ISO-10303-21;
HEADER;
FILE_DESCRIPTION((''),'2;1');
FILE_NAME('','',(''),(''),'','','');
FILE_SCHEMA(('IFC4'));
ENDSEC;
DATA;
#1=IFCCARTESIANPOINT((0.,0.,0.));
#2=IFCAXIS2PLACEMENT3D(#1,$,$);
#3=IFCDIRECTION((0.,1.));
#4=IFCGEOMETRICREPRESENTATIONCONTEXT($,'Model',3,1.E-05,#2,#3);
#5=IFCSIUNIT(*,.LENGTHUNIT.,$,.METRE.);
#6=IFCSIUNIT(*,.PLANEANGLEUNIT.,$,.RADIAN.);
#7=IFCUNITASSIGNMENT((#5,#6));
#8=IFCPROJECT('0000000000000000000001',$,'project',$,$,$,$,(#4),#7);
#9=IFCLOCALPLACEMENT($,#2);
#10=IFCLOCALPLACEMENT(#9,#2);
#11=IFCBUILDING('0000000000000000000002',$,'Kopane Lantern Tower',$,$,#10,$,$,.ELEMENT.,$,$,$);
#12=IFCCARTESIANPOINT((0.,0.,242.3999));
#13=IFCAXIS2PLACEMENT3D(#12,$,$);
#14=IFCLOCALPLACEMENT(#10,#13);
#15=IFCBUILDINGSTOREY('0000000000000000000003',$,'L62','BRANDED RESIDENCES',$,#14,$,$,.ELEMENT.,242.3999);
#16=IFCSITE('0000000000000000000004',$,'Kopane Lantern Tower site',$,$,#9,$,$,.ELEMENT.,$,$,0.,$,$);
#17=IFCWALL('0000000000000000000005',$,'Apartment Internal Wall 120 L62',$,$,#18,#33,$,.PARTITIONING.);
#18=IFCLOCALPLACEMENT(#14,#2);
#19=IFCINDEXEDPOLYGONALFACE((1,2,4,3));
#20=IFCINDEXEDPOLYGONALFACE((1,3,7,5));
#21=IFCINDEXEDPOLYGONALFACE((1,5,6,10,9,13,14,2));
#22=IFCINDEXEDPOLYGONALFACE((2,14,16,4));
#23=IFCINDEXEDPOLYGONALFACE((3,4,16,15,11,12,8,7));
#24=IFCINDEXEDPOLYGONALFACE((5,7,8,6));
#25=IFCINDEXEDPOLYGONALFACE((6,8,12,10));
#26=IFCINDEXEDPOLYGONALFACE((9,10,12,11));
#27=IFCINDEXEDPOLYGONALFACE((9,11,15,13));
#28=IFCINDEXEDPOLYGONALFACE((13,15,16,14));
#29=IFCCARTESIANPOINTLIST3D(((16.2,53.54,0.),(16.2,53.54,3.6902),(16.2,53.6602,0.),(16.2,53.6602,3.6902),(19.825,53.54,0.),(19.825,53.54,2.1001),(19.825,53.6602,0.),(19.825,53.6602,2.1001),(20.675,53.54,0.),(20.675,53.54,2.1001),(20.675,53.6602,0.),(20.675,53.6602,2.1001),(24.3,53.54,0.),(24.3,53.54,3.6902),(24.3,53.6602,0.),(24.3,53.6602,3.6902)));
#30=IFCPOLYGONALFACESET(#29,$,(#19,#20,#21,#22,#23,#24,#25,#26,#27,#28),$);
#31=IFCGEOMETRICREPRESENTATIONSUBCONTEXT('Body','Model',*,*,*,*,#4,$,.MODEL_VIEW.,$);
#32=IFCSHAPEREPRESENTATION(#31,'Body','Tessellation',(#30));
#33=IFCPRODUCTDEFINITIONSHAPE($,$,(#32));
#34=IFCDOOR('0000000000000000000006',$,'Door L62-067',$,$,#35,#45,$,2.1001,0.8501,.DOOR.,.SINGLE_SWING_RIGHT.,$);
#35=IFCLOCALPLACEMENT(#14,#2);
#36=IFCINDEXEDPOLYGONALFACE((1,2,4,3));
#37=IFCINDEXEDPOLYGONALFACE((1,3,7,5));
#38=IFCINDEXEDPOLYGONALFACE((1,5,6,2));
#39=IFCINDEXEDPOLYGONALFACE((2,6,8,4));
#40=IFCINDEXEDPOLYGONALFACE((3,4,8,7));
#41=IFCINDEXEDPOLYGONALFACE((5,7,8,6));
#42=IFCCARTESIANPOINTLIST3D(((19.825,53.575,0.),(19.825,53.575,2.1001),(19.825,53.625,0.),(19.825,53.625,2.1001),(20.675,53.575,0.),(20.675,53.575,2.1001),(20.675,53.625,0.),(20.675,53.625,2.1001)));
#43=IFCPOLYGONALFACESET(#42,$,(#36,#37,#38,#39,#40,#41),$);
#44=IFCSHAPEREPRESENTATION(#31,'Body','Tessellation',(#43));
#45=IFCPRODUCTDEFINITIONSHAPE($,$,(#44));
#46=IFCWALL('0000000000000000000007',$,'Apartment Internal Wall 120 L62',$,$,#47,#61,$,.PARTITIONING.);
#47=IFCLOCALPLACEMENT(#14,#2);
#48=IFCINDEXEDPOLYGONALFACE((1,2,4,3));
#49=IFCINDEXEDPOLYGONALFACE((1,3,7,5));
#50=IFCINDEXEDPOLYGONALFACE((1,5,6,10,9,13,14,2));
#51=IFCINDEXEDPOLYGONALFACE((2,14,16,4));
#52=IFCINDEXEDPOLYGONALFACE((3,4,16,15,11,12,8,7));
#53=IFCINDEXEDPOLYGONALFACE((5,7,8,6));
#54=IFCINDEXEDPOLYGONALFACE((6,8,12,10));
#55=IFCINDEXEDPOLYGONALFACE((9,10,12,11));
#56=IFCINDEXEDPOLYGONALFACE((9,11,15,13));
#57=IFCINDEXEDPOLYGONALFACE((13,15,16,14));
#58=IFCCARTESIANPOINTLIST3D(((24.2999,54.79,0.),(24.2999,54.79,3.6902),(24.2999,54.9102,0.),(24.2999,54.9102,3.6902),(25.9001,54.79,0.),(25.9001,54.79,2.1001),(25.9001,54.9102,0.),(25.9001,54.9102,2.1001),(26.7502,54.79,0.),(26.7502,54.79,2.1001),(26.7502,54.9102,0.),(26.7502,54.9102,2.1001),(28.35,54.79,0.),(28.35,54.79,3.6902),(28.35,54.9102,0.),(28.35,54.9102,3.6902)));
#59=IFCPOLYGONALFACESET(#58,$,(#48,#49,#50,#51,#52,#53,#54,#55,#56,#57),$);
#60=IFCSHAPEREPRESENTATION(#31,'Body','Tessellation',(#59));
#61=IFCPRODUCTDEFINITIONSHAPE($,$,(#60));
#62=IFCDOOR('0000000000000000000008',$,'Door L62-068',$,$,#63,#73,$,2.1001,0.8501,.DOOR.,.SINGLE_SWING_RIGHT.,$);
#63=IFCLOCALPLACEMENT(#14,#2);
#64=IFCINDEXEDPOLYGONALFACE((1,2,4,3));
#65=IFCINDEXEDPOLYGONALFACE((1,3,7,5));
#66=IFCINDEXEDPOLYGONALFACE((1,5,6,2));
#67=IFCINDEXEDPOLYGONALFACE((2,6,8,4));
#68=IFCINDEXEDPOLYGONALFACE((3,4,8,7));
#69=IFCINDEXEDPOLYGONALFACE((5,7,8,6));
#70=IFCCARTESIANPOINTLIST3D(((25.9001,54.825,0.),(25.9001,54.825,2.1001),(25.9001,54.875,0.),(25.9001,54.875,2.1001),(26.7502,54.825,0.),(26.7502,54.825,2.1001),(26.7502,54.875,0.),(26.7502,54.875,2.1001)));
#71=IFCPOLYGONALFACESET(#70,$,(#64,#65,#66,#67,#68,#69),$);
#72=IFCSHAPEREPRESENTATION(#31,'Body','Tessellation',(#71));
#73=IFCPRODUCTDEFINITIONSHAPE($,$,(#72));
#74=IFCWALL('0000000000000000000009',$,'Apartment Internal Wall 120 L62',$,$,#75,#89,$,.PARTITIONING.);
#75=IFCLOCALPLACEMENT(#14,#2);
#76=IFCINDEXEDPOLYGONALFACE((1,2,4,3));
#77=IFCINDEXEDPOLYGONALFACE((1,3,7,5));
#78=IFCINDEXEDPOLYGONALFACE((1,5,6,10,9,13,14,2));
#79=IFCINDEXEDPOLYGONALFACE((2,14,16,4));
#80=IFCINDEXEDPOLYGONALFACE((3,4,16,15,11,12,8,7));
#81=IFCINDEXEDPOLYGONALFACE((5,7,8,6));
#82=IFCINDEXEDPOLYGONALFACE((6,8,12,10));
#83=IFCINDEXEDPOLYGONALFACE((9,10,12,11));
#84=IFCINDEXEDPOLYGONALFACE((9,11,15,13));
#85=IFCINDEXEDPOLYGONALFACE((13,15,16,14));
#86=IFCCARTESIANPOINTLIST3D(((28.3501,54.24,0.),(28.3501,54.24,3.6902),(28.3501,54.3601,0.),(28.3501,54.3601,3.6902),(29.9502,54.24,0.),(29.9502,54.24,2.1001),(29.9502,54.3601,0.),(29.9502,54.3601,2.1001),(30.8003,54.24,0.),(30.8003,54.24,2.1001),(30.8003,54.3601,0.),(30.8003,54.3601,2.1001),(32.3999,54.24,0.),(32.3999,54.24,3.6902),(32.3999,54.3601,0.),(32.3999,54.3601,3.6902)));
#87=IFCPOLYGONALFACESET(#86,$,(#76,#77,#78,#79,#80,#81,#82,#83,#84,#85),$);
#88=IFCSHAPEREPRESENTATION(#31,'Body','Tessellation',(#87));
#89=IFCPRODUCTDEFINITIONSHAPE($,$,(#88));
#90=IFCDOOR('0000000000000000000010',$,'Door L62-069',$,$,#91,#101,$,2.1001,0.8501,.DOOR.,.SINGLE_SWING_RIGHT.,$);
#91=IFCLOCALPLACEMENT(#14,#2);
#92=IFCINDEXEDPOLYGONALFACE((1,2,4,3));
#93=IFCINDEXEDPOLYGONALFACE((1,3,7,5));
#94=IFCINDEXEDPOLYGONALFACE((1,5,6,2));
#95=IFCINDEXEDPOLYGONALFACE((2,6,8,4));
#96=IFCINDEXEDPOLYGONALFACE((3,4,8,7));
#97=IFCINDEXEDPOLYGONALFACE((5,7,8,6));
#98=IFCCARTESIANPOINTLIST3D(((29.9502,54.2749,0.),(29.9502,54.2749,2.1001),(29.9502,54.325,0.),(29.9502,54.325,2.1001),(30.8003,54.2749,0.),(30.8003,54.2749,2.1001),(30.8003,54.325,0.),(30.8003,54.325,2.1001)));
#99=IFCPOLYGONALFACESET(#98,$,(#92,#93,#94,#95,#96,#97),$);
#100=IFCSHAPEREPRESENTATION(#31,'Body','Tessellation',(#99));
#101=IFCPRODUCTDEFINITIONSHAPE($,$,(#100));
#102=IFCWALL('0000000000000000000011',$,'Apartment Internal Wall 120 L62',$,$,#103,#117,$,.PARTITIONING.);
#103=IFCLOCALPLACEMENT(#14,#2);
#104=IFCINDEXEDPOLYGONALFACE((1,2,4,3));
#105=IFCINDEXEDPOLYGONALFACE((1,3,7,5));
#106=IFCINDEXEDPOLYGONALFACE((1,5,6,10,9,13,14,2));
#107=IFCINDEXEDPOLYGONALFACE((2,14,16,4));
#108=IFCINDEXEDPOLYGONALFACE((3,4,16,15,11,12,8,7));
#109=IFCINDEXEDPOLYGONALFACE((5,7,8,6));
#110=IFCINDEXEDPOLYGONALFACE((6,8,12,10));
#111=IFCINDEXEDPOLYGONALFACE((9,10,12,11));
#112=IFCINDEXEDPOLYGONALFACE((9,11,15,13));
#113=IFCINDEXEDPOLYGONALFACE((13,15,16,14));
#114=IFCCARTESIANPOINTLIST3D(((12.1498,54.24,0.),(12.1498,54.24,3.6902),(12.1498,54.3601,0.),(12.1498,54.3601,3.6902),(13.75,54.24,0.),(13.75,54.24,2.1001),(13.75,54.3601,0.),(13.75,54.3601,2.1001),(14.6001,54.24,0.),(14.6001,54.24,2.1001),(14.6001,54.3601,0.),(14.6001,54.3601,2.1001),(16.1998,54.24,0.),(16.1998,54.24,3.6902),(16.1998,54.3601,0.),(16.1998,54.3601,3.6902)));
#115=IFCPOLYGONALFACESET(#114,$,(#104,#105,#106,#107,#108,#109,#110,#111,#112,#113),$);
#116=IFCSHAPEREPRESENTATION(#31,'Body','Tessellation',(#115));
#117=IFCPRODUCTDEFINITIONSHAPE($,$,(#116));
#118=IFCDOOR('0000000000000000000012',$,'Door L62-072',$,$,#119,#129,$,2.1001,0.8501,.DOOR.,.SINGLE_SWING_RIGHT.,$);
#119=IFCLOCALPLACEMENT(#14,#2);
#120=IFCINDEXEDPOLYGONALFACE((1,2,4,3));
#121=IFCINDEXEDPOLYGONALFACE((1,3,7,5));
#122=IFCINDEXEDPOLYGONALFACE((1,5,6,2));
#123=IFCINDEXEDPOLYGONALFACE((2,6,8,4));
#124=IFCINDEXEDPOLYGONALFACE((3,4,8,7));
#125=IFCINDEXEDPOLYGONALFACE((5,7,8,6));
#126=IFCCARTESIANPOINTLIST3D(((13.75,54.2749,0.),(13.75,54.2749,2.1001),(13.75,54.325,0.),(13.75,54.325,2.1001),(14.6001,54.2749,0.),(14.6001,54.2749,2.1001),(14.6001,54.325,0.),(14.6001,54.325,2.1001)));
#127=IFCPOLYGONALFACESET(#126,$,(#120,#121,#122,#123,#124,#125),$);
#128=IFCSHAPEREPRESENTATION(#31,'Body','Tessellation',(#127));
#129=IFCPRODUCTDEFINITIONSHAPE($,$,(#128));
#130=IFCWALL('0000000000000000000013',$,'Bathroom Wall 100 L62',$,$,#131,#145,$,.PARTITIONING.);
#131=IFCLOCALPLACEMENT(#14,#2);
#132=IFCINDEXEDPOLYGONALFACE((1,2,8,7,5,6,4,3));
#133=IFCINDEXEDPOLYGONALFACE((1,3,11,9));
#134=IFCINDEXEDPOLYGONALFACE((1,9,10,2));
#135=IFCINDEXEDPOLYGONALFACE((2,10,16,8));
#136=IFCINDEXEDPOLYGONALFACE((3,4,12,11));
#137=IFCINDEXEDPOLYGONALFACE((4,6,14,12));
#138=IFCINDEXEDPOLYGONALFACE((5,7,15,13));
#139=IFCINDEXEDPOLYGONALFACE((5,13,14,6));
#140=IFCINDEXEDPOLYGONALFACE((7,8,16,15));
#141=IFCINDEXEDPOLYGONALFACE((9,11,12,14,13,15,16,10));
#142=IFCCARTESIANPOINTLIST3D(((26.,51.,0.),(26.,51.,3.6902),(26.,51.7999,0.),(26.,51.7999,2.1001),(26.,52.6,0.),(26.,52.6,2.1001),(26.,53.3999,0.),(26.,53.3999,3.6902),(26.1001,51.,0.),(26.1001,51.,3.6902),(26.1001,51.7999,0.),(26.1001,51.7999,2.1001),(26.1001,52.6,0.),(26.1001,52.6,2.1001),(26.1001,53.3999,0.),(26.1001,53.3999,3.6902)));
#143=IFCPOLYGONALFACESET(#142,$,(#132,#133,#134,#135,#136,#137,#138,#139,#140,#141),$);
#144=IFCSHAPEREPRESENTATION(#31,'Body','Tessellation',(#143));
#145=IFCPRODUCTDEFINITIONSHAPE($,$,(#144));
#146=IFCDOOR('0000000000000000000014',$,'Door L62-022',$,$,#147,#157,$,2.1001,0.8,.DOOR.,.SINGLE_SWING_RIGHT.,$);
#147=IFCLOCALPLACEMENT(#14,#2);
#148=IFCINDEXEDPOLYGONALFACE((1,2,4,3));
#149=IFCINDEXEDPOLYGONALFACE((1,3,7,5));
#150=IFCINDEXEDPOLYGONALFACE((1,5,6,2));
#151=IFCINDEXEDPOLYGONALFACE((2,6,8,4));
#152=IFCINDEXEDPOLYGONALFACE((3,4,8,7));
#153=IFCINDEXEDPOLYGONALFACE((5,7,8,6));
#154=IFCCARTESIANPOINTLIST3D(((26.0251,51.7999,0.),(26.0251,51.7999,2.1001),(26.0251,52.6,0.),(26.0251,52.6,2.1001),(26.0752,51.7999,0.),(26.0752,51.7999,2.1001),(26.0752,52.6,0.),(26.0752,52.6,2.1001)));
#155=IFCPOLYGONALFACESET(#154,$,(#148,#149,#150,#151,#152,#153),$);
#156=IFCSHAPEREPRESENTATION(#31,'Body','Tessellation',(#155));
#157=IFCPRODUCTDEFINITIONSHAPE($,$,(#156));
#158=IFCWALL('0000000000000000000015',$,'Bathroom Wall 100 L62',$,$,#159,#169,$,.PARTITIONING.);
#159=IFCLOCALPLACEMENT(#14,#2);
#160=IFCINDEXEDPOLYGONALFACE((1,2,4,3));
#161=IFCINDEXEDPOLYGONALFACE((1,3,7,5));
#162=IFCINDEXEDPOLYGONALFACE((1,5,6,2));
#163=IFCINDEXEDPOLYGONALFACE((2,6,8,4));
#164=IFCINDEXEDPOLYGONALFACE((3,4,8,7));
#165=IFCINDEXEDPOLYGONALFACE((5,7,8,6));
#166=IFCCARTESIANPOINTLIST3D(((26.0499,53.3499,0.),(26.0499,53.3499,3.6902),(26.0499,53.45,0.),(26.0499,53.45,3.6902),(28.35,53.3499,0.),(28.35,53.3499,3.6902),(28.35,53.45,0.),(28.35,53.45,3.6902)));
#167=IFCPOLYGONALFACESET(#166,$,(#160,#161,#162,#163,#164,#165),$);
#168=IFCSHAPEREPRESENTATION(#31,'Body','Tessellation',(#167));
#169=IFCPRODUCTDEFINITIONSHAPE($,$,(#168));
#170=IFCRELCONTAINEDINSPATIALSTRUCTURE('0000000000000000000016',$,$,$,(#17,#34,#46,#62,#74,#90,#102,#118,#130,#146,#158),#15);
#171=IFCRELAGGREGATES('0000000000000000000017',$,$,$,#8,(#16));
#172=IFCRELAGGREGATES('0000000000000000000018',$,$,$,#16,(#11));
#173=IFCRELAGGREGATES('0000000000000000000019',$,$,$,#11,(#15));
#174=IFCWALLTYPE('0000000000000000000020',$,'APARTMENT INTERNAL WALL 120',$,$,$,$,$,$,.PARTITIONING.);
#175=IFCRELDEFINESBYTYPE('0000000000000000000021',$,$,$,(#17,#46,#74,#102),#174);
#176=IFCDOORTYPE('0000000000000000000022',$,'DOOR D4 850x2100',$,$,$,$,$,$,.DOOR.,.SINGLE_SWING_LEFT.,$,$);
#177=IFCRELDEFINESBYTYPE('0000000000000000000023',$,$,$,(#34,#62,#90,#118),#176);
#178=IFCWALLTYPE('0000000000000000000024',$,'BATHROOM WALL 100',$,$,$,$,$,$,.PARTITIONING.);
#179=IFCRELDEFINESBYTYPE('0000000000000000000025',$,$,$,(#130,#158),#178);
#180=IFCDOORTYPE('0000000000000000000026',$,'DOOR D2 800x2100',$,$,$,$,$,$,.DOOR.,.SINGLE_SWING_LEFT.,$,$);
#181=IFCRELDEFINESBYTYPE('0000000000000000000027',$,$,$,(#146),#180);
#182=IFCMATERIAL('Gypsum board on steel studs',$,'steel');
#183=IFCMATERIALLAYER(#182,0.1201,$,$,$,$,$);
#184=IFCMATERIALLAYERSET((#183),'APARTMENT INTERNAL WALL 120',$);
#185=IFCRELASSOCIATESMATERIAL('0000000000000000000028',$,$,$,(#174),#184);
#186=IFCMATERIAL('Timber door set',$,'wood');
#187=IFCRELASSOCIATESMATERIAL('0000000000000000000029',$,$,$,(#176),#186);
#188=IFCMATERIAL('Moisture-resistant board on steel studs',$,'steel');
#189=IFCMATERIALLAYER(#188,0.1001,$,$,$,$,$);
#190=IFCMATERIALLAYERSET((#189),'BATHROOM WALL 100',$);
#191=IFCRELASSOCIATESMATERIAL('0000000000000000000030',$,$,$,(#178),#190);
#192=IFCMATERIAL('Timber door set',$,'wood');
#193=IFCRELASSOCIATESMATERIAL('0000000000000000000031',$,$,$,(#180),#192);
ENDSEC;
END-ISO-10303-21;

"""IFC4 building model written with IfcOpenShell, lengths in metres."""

from ifc_helpers import new_model, si_unit, direction, frame, frame_2d, origin, place, context, subcontext, project, spatial, rectangle, extrude, material, layer, layer_set, type_object, element, fill, save


model = new_model("IFC4")

# Units and contexts
model_context = context("Model", 3, precision=1e-05, world=origin(), true_north=direction((0.0, 1.0)))
body_context = subcontext(model_context, "Body", "Model", "MODEL_VIEW")
ifc_project = project(units=[si_unit("LENGTHUNIT", "METRE"), si_unit("PLANEANGLEUNIT", "RADIAN")], contexts=[model_context])

# Site, building, storey
site_placement = place(None, origin())
site = spatial("IfcSite", under=ifc_project, at=site_placement, Name="Kopane Lantern Tower site", CompositionType="ELEMENT", RefElevation=0.0)
building_placement = place(site_placement, origin())
building = spatial("IfcBuilding", under=site, at=building_placement, Name="Kopane Lantern Tower", CompositionType="ELEMENT")
storey_placement = place(building_placement, frame((0.0, 0.0, 242.3999)))
storey = spatial("IfcBuildingStorey", under=building, at=storey_placement, Name="L62", Description="BRANDED RESIDENCES", CompositionType="ELEMENT", Elevation=242.3999)

# Shared definitions
ifc_material_1 = material(Name="Gypsum board on steel studs", Category="steel")
ifc_layer_1 = layer(ifc_material_1, 0.1201)
ifc_layer_set_1 = layer_set([ifc_layer_1], Name="APARTMENT INTERNAL WALL 120")
wall_type_1 = type_object("IfcWallType", Name="APARTMENT INTERNAL WALL 120", PredefinedType="PARTITIONING", material=ifc_layer_set_1)

# Walls, openings, doors
ifc_material_2 = material(Name="Timber door set", Category="wood")
door_type_1 = type_object("IfcDoorType", Name="DOOR D4 850x2100", OperationType="SINGLE_SWING_LEFT", PredefinedType="DOOR", material=ifc_material_2)
wall_1_placement = place(storey_placement, frame((16.2, 53.6001, 0.0), z_axis=(0.0, 0.0, 1.0), x_axis=(1.0, 0.0, 0.0)))
wall_1 = element("IfcWall", 1, at=wall_1_placement, inside=storey, type_object=wall_type_1, Name="Apartment Internal Wall 120 L62", PredefinedType="PARTITIONING", context=body_context, shape_type="SweptSolid", body=[
    extrude(rectangle(XDim=8.1001, YDim=0.1201, at=frame_2d((4.05, 0.0))), origin(), (0.0, 0.0, 1.0), 3.6902),
])
opening_1_placement = place(wall_1_placement, frame((3.625, 0.0, 0.0)))
opening_1 = element("IfcOpeningElement", 2, at=opening_1_placement, cuts=wall_1, PredefinedType="OPENING", context=body_context, shape_type="SweptSolid", body=[
    extrude(rectangle(XDim=0.8501, YDim=2.1001, at=frame_2d((0.425, 1.05))), frame((0.0, 0.0701, 0.0), z_axis=(0.0, -1.0, 0.0), x_axis=(1.0, 0.0, 0.0)), (0.0, 0.0, 1.0), 0.1401),
])
door_1_placement = place(opening_1_placement, origin())
door_1 = element("IfcDoor", 3, at=door_1_placement, inside=storey, type_object=door_type_1, Name="Door L62-067", OperationType="SINGLE_SWING_RIGHT", OverallHeight=2.1001, OverallWidth=0.8501, PredefinedType="DOOR", context=body_context, shape_type="SweptSolid", body=[
    extrude(rectangle(XDim=0.8501, YDim=2.1001, at=frame_2d((0.425, 1.05))), frame((0.0, 0.0249, 0.0), z_axis=(0.0, -1.0, 0.0), x_axis=(1.0, 0.0, 0.0)), (0.0, 0.0, 1.0), 0.05),
])
fill(opening_1, door_1)
wall_2_placement = place(storey_placement, frame((24.3, 54.8501, 0.0), z_axis=(0.0, 0.0, 1.0), x_axis=(1.0, 0.0, 0.0)))
wall_2 = element("IfcWall", 4, at=wall_2_placement, inside=storey, type_object=wall_type_1, Name="Apartment Internal Wall 120 L62", PredefinedType="PARTITIONING", context=body_context, shape_type="SweptSolid", body=[
    extrude(rectangle(XDim=4.05, YDim=0.1201, at=frame_2d((2.0249, 0.0))), origin(), (0.0, 0.0, 1.0), 3.6902),
])
opening_2_placement = place(wall_2_placement, frame((1.6001, 0.0, 0.0)))
opening_2 = element("IfcOpeningElement", 5, at=opening_2_placement, cuts=wall_2, PredefinedType="OPENING", context=body_context, shape_type="SweptSolid", body=[
    extrude(rectangle(XDim=0.8501, YDim=2.1001, at=frame_2d((0.425, 1.05))), frame((0.0, 0.0701, 0.0), z_axis=(0.0, -1.0, 0.0), x_axis=(1.0, 0.0, 0.0)), (0.0, 0.0, 1.0), 0.1401),
])
door_2_placement = place(opening_2_placement, origin())
door_2 = element("IfcDoor", 6, at=door_2_placement, inside=storey, type_object=door_type_1, Name="Door L62-068", OperationType="SINGLE_SWING_RIGHT", OverallHeight=2.1001, OverallWidth=0.8501, PredefinedType="DOOR", context=body_context, shape_type="SweptSolid", body=[
    extrude(rectangle(XDim=0.8501, YDim=2.1001, at=frame_2d((0.425, 1.05))), frame((0.0, 0.0249, 0.0), z_axis=(0.0, -1.0, 0.0), x_axis=(1.0, 0.0, 0.0)), (0.0, 0.0, 1.0), 0.05),
])
fill(opening_2, door_2)
wall_3_placement = place(storey_placement, frame((28.3501, 54.3, 0.0), z_axis=(0.0, 0.0, 1.0), x_axis=(1.0, 0.0, 0.0)))
wall_3 = element("IfcWall", 7, at=wall_3_placement, inside=storey, type_object=wall_type_1, Name="Apartment Internal Wall 120 L62", PredefinedType="PARTITIONING", context=body_context, shape_type="SweptSolid", body=[
    extrude(rectangle(XDim=4.0498, YDim=0.1201, at=frame_2d((2.0249, 0.0))), origin(), (0.0, 0.0, 1.0), 3.6902),
])
opening_3_placement = place(wall_3_placement, frame((1.6001, 0.0, 0.0)))
opening_3 = element("IfcOpeningElement", 8, at=opening_3_placement, cuts=wall_3, PredefinedType="OPENING", context=body_context, shape_type="SweptSolid", body=[
    extrude(rectangle(XDim=0.8501, YDim=2.1001, at=frame_2d((0.425, 1.05))), frame((0.0, 0.0701, 0.0), z_axis=(0.0, -1.0, 0.0), x_axis=(1.0, 0.0, 0.0)), (0.0, 0.0, 1.0), 0.1401),
])
door_3_placement = place(opening_3_placement, origin())
door_3 = element("IfcDoor", 9, at=door_3_placement, inside=storey, type_object=door_type_1, Name="Door L62-069", OperationType="SINGLE_SWING_RIGHT", OverallHeight=2.1001, OverallWidth=0.8501, PredefinedType="DOOR", context=body_context, shape_type="SweptSolid", body=[
    extrude(rectangle(XDim=0.8501, YDim=2.1001, at=frame_2d((0.425, 1.05))), frame((0.0, 0.0249, 0.0), z_axis=(0.0, -1.0, 0.0), x_axis=(1.0, 0.0, 0.0)), (0.0, 0.0, 1.0), 0.05),
])
fill(opening_3, door_3)
wall_4_placement = place(storey_placement, frame((12.1499, 54.3, 0.0), z_axis=(0.0, 0.0, 1.0), x_axis=(1.0, 0.0, 0.0)))
wall_4 = element("IfcWall", 10, at=wall_4_placement, inside=storey, type_object=wall_type_1, Name="Apartment Internal Wall 120 L62", PredefinedType="PARTITIONING", context=body_context, shape_type="SweptSolid", body=[
    extrude(rectangle(XDim=4.05, YDim=0.1201, at=frame_2d((2.0249, 0.0))), origin(), (0.0, 0.0, 1.0), 3.6902),
])
opening_4_placement = place(wall_4_placement, frame((1.6001, 0.0, 0.0)))
opening_4 = element("IfcOpeningElement", 11, at=opening_4_placement, cuts=wall_4, PredefinedType="OPENING", context=body_context, shape_type="SweptSolid", body=[
    extrude(rectangle(XDim=0.8501, YDim=2.1001, at=frame_2d((0.425, 1.05))), frame((0.0, 0.0701, 0.0), z_axis=(0.0, -1.0, 0.0), x_axis=(1.0, 0.0, 0.0)), (0.0, 0.0, 1.0), 0.1401),
])
door_4_placement = place(opening_4_placement, origin())
door_4 = element("IfcDoor", 12, at=door_4_placement, inside=storey, type_object=door_type_1, Name="Door L62-072", OperationType="SINGLE_SWING_RIGHT", OverallHeight=2.1001, OverallWidth=0.8501, PredefinedType="DOOR", context=body_context, shape_type="SweptSolid", body=[
    extrude(rectangle(XDim=0.8501, YDim=2.1001, at=frame_2d((0.425, 1.05))), frame((0.0, 0.0249, 0.0), z_axis=(0.0, -1.0, 0.0), x_axis=(1.0, 0.0, 0.0)), (0.0, 0.0, 1.0), 0.05),
])
fill(opening_4, door_4)
ifc_material_3 = material(Name="Moisture-resistant board on steel studs", Category="steel")
ifc_layer_2 = layer(ifc_material_3, 0.1001)
ifc_layer_set_2 = layer_set([ifc_layer_2], Name="BATHROOM WALL 100")
wall_type_2 = type_object("IfcWallType", Name="BATHROOM WALL 100", PredefinedType="PARTITIONING", material=ifc_layer_set_2)
wall_5_placement = place(storey_placement, frame((26.05, 51.0, 0.0), z_axis=(0.0, 0.0, 1.0), x_axis=(0.0, 1.0, 0.0)))
wall_5 = element("IfcWall", 13, at=wall_5_placement, inside=storey, type_object=wall_type_2, Name="Bathroom Wall 100 L62", PredefinedType="PARTITIONING", context=body_context, shape_type="SweptSolid", body=[
    extrude(rectangle(XDim=2.3999, YDim=0.1001, at=frame_2d((1.2, 0.0))), origin(), (0.0, 0.0, 1.0), 3.6902),
])
opening_5_placement = place(wall_5_placement, frame((0.8, 0.0, 0.0)))
opening_5 = element("IfcOpeningElement", 14, at=opening_5_placement, cuts=wall_5, PredefinedType="OPENING", context=body_context, shape_type="SweptSolid", body=[
    extrude(rectangle(XDim=0.8, YDim=2.1001, at=frame_2d((0.3999, 1.05))), frame((0.0, 0.0601, 0.0), z_axis=(0.0, -1.0, 0.0), x_axis=(1.0, 0.0, 0.0)), (0.0, 0.0, 1.0), 0.1201),
])
ifc_material_4 = material(Name="Timber door set", Category="wood")
door_type_2 = type_object("IfcDoorType", Name="DOOR D2 800x2100", OperationType="SINGLE_SWING_LEFT", PredefinedType="DOOR", material=ifc_material_4)
door_5_placement = place(opening_5_placement, origin())
door_5 = element("IfcDoor", 15, at=door_5_placement, inside=storey, type_object=door_type_2, Name="Door L62-022", OperationType="SINGLE_SWING_RIGHT", OverallHeight=2.1001, OverallWidth=0.8, PredefinedType="DOOR", context=body_context, shape_type="SweptSolid", body=[
    extrude(rectangle(XDim=0.8, YDim=2.1001, at=frame_2d((0.3999, 1.05))), frame((0.0, 0.0249, 0.0), z_axis=(0.0, -1.0, 0.0), x_axis=(1.0, 0.0, 0.0)), (0.0, 0.0, 1.0), 0.05),
])
fill(opening_5, door_5)

# Wall
wall_6_placement = place(storey_placement, frame((26.05, 53.3999, 0.0), z_axis=(0.0, 0.0, 1.0), x_axis=(1.0, 0.0, 0.0)))
element("IfcWall", 16, at=wall_6_placement, inside=storey, type_object=wall_type_2, Name="Bathroom Wall 100 L62", PredefinedType="PARTITIONING", context=body_context, shape_type="SweptSolid", body=[
    extrude(rectangle(XDim=2.3, YDim=0.1001, at=frame_2d((1.1499, 0.0))), origin(), (0.0, 0.0, 1.0), 3.6902),
])

save(model, "model.ifc")
